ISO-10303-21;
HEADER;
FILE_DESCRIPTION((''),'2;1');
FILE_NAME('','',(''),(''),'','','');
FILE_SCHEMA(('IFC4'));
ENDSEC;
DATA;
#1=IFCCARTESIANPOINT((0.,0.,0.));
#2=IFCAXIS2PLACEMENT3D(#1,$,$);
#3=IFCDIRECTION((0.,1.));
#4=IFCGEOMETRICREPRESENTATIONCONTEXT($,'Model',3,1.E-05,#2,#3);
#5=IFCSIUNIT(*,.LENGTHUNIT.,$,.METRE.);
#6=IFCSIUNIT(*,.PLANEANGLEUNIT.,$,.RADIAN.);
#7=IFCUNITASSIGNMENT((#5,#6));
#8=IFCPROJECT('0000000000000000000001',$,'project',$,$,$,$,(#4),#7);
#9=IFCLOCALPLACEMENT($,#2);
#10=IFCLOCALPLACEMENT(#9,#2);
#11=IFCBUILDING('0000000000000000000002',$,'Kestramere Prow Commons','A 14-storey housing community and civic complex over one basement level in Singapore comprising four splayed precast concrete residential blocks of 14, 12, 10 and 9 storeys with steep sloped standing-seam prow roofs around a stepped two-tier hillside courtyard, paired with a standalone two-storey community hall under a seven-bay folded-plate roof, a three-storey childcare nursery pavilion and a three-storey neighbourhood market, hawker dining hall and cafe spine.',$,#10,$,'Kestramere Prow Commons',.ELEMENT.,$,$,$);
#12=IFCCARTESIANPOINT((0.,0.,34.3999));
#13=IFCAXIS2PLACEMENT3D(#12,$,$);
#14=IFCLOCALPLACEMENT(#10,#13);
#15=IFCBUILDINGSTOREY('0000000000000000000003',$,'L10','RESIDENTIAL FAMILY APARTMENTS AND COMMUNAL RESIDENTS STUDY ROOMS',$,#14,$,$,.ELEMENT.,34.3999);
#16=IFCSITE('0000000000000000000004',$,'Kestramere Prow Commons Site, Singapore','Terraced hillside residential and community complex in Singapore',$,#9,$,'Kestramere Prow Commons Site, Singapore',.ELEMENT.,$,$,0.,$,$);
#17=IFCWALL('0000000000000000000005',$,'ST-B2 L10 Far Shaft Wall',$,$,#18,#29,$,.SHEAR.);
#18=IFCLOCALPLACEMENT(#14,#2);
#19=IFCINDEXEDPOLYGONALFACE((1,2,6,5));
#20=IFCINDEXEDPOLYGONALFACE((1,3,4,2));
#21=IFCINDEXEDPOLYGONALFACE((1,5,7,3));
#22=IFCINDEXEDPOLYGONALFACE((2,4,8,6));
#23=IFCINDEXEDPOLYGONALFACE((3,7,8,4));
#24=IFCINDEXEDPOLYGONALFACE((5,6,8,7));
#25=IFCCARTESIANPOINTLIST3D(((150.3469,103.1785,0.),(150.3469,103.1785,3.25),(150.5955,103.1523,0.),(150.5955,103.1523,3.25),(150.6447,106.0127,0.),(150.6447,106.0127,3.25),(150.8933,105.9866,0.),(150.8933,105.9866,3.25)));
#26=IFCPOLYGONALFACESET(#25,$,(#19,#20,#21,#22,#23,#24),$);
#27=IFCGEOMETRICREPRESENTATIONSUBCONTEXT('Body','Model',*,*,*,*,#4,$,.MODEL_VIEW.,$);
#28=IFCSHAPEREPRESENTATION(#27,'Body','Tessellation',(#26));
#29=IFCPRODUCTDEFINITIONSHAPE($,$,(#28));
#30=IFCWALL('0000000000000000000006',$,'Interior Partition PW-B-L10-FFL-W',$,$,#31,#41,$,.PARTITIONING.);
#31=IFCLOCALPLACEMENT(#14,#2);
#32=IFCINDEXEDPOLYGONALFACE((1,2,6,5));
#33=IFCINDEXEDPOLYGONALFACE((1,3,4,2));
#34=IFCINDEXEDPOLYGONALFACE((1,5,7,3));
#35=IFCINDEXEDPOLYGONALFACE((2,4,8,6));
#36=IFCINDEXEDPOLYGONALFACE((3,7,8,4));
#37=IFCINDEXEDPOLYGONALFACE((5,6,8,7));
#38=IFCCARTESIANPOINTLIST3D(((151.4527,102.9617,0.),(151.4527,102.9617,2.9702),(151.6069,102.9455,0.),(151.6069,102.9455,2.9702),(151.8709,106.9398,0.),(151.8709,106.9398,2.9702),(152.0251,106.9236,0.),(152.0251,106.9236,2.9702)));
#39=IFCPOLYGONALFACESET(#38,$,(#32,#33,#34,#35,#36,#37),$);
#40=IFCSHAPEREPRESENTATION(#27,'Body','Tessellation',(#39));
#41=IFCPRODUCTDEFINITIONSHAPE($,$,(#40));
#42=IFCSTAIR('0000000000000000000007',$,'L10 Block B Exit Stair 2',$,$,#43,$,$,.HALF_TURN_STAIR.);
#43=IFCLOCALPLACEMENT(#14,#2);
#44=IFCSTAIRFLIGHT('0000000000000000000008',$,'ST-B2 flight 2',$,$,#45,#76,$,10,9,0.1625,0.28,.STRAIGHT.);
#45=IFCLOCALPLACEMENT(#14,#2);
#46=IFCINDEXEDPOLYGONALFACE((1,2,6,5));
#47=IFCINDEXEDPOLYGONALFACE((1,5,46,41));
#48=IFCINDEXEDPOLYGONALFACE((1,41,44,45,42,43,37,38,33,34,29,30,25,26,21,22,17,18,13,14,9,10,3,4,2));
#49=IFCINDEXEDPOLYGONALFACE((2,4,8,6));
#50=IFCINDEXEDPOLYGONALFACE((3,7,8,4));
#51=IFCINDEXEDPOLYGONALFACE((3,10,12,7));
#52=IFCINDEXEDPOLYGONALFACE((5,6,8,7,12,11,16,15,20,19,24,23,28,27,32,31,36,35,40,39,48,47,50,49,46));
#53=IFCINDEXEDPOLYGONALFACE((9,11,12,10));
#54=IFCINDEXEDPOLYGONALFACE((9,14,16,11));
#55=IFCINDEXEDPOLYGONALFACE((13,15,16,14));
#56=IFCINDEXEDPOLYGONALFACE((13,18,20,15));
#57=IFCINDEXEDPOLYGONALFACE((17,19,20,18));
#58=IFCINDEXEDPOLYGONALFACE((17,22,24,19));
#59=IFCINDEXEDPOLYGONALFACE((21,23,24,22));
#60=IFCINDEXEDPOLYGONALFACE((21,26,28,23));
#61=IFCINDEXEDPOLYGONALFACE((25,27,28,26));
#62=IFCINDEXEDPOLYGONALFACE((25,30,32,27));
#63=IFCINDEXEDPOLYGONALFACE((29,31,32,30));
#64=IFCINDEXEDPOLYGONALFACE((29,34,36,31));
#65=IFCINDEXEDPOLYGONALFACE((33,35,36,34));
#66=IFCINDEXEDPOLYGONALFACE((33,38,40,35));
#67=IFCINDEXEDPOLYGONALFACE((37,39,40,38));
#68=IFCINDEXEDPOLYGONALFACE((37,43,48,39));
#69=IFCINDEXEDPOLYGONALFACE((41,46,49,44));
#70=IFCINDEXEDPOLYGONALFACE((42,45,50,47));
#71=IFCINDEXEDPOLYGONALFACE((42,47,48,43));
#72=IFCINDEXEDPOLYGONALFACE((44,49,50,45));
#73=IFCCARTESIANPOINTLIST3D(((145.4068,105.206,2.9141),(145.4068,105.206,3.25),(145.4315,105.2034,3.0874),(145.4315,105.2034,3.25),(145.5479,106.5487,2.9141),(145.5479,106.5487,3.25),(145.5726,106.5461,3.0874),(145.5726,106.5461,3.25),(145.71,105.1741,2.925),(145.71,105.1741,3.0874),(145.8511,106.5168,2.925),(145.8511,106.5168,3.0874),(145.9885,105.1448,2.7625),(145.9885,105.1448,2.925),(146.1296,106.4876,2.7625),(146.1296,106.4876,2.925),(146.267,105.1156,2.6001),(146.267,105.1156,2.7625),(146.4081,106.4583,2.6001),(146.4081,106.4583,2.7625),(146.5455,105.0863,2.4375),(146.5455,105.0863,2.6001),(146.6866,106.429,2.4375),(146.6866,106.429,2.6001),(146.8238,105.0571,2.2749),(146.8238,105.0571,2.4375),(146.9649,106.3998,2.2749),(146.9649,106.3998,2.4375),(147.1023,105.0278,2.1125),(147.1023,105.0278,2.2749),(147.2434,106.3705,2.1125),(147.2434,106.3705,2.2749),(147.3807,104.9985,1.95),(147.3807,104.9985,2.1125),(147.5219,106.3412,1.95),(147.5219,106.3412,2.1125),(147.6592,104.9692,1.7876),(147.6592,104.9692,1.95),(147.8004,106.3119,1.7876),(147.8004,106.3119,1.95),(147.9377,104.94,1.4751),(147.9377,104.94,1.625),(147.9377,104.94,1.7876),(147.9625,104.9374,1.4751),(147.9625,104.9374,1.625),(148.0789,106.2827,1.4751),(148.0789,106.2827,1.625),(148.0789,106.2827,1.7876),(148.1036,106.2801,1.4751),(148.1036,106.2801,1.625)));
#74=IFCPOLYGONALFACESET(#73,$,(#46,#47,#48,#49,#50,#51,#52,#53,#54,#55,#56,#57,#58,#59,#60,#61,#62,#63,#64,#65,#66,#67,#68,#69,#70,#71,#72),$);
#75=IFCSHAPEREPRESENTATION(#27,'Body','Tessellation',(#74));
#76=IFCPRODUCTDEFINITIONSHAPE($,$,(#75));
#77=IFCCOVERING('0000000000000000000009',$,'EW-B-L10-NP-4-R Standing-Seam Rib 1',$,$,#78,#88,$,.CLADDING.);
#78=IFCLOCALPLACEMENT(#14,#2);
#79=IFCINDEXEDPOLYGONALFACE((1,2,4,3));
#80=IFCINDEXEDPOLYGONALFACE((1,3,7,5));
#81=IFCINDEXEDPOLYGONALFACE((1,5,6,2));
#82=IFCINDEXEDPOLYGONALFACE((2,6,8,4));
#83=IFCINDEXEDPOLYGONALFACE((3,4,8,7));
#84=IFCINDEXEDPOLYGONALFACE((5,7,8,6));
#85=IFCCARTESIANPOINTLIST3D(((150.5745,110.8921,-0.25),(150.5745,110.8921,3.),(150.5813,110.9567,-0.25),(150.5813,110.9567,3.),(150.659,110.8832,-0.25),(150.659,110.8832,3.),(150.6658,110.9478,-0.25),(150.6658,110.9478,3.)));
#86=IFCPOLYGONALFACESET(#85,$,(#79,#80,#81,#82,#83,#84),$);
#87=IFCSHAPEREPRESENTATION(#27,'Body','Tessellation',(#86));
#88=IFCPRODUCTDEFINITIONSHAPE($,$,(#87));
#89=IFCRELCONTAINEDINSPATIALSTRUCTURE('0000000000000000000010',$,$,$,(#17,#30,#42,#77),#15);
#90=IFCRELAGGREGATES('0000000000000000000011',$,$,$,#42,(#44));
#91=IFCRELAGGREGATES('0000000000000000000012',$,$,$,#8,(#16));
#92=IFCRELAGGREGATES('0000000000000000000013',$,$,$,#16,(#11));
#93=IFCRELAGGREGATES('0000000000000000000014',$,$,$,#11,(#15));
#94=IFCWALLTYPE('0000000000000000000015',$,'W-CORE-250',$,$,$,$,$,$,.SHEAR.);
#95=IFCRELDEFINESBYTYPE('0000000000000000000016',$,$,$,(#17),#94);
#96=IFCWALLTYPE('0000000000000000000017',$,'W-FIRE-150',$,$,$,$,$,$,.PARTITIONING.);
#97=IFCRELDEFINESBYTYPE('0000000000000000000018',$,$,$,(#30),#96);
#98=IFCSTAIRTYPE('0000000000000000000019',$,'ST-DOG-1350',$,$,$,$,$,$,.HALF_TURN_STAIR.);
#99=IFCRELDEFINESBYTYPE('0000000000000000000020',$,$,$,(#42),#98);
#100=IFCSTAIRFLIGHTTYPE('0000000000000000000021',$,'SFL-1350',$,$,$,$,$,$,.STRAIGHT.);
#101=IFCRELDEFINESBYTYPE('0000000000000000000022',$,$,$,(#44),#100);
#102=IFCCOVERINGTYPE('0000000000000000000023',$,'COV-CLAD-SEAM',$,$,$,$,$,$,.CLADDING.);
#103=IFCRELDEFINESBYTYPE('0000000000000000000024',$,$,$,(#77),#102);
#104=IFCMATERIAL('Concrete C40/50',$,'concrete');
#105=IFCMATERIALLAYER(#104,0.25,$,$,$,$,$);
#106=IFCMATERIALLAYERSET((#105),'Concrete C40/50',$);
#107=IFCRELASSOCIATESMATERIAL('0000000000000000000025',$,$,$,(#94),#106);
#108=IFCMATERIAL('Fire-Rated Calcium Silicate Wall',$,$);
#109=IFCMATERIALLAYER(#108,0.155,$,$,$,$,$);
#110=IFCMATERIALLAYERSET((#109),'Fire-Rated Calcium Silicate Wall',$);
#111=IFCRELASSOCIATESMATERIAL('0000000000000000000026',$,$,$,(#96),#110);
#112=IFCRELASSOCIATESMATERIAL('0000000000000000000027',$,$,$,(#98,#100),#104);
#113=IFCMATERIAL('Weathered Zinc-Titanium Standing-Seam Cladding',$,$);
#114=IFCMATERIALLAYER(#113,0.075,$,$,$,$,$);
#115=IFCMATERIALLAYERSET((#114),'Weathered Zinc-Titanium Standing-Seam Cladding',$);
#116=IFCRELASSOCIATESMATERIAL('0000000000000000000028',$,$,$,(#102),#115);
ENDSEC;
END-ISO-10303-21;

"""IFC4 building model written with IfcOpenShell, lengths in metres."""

from ifc_helpers import new_model, si_unit, direction, frame, frame_2d, origin, origin_2d, place, context, subcontext, project, spatial, polyline, rectangle, outline, extrude, material, layer, layer_set, type_object, element, aggregate, save


model = new_model("IFC4")

# Units and contexts
model_context = context("Model", 3, precision=1e-05, world=origin(), true_north=direction((0.0, 1.0)))
body_context = subcontext(model_context, "Body", "Model", "MODEL_VIEW")
ifc_project = project(units=[si_unit("LENGTHUNIT", "METRE"), si_unit("PLANEANGLEUNIT", "RADIAN")], contexts=[model_context])

# Site, building, storey
site_placement = place(None, origin())
site = spatial("IfcSite", under=ifc_project, at=site_placement, Name="Kestramere Prow Commons Site, Singapore", Description="Terraced hillside residential and community complex in Singapore", LongName="Kestramere Prow Commons Site, Singapore", CompositionType="ELEMENT", RefElevation=0.0)
building_placement = place(site_placement, origin())
building = spatial("IfcBuilding", under=site, at=building_placement, Name="Kestramere Prow Commons", Description="A 14-storey housing community and civic complex over one basement level in Singapore comprising four splayed precast concrete residential blocks of 14, 12, 10 and 9 storeys with steep sloped standing-seam prow roofs around a stepped two-tier hillside courtyard, paired with a standalone two-storey community hall under a seven-bay folded-plate roof, a three-storey childcare nursery pavilion and a three-storey neighbourhood market, hawker dining hall and cafe spine.", LongName="Kestramere Prow Commons", CompositionType="ELEMENT")
storey_placement = place(building_placement, frame((0.0, 0.0, 34.3999)))
storey = spatial("IfcBuildingStorey", under=building, at=storey_placement, Name="L10", Description="RESIDENTIAL FAMILY APARTMENTS AND COMMUNAL RESIDENTS STUDY ROOMS", CompositionType="ELEMENT", Elevation=34.3999)

# Shared definitions
ifc_material_1 = material(Name="Concrete C40/50", Category="concrete")

# Shared definitions
ifc_layer_1 = layer(ifc_material_1, 0.25)
ifc_layer_set_1 = layer_set([ifc_layer_1], Name="Concrete C40/50")
wall_type_1 = type_object("IfcWallType", Name="W-CORE-250", PredefinedType="SHEAR", material=ifc_layer_set_1)

# Wall
wall_1_placement = place(storey_placement, frame((150.4712, 103.1655, 0.0), z_axis=(0.0, 0.0, 1.0), x_axis=(0.104515, 0.994523, 0.0)))
element("IfcWall", 1, at=wall_1_placement, inside=storey, type_object=wall_type_1, Name="ST-B2 L10 Far Shaft Wall", PredefinedType="SHEAR", context=body_context, shape_type="SweptSolid", body=[
    extrude(rectangle(XDim=2.8499, YDim=0.25, at=frame_2d((1.4248, 0.0))), origin(), (0.0, 0.0, 1.0), 3.25),
])

# Shared definitions
ifc_material_2 = material(Name="Fire-Rated Calcium Silicate Wall")
ifc_layer_2 = layer(ifc_material_2, 0.155)
ifc_layer_set_2 = layer_set([ifc_layer_2], Name="Fire-Rated Calcium Silicate Wall")
wall_type_2 = type_object("IfcWallType", Name="W-FIRE-150", PredefinedType="PARTITIONING", material=ifc_layer_set_2)

# Wall
wall_2_placement = place(storey_placement, frame((151.5298, 102.9536, 0.0), z_axis=(0.0, 0.0, 1.0), x_axis=(0.104555, 0.994519, 0.0)))
element("IfcWall", 2, at=wall_2_placement, inside=storey, type_object=wall_type_2, Name="Interior Partition PW-B-L10-FFL-W", PredefinedType="PARTITIONING", context=body_context, shape_type="SweptSolid", body=[
    extrude(rectangle(XDim=4.0, YDim=0.155, at=frame_2d((2.0, 0.0))), origin(), (0.0, 0.0, 1.0), 2.9702),
])

# Stair, stair flight
stair_type = type_object("IfcStairType", Name="ST-DOG-1350", PredefinedType="HALF_TURN_STAIR", material=ifc_material_1)
stair_placement = place(storey_placement, origin())
stair = element("IfcStair", 3, at=stair_placement, inside=storey, type_object=stair_type, Name="L10 Block B Exit Stair 2", PredefinedType="HALF_TURN_STAIR")
stair_flight_type = type_object("IfcStairFlightType", Name="SFL-1350", PredefinedType="STRAIGHT", material=ifc_material_1)
stair_flight_placement = place(storey_placement, frame((148.0083, 105.6113, 1.625), z_axis=(0.0, 0.0, 1.0), x_axis=(-0.994522, 0.104528, 0.0)))
stair_flight = element("IfcStairFlight", 4, at=stair_flight_placement, type_object=stair_flight_type, Name="ST-B2 flight 2", NumberOfRisers=10, NumberOfTreads=9, PredefinedType="STRAIGHT", RiserHeight=0.1625, TreadLength=0.28, context=body_context, shape_type="SweptSolid", body=[
    extrude(outline(polyline([(-0.0249, 0.0), (0.0, 0.0), (0.0, 0.1626), (0.28, 0.1626), (0.28, 0.325), (0.5601, 0.325), (0.5601, 0.4875), (0.8401, 0.4875), (0.8401, 0.6499), (1.1201, 0.6499), (1.1201, 0.8125), (1.3999, 0.8125), (1.3999, 0.9751), (1.6799, 0.9751), (1.6799, 1.1375), (1.96, 1.1375), (1.96, 1.3), (2.24, 1.3), (2.24, 1.4624), (2.52, 1.4624), (2.52, 1.625), (2.5449, 1.625), (2.5449, 1.2891), (0.0, -0.1499), (-0.0249, -0.1499), (-0.0249, 0.0)])), frame((0.0, 0.675, 0.0), z_axis=(0.0, -1.0, 0.0), x_axis=(1.0, 0.0, 0.0)), (0.0, 0.0, 1.0), 1.3501),
])
aggregate(stair, [stair_flight])

# Covering
ifc_material_3 = material(Name="Weathered Zinc-Titanium Standing-Seam Cladding")
ifc_layer_3 = layer(ifc_material_3, 0.075)
ifc_layer_set_3 = layer_set([ifc_layer_3], Name="Weathered Zinc-Titanium Standing-Seam Cladding")
covering_type = type_object("IfcCoveringType", Name="COV-CLAD-SEAM", PredefinedType="CLADDING", material=ifc_layer_set_3)
covering_placement = place(storey_placement, frame((150.6201, 110.9199, -0.25), z_axis=(0.0, 0.0, 1.0), x_axis=(0.994522, -0.104528, 0.0)))
element("IfcCovering", 5, at=covering_placement, inside=storey, type_object=covering_type, Name="EW-B-L10-NP-4-R Standing-Seam Rib 1", PredefinedType="CLADDING", context=body_context, shape_type="SweptSolid", body=[
    extrude(rectangle(XDim=0.085, YDim=0.0649, at=origin_2d()), origin(), (0.0, 0.0, 1.0), 3.25),
])

save(model, "model.ifc")
